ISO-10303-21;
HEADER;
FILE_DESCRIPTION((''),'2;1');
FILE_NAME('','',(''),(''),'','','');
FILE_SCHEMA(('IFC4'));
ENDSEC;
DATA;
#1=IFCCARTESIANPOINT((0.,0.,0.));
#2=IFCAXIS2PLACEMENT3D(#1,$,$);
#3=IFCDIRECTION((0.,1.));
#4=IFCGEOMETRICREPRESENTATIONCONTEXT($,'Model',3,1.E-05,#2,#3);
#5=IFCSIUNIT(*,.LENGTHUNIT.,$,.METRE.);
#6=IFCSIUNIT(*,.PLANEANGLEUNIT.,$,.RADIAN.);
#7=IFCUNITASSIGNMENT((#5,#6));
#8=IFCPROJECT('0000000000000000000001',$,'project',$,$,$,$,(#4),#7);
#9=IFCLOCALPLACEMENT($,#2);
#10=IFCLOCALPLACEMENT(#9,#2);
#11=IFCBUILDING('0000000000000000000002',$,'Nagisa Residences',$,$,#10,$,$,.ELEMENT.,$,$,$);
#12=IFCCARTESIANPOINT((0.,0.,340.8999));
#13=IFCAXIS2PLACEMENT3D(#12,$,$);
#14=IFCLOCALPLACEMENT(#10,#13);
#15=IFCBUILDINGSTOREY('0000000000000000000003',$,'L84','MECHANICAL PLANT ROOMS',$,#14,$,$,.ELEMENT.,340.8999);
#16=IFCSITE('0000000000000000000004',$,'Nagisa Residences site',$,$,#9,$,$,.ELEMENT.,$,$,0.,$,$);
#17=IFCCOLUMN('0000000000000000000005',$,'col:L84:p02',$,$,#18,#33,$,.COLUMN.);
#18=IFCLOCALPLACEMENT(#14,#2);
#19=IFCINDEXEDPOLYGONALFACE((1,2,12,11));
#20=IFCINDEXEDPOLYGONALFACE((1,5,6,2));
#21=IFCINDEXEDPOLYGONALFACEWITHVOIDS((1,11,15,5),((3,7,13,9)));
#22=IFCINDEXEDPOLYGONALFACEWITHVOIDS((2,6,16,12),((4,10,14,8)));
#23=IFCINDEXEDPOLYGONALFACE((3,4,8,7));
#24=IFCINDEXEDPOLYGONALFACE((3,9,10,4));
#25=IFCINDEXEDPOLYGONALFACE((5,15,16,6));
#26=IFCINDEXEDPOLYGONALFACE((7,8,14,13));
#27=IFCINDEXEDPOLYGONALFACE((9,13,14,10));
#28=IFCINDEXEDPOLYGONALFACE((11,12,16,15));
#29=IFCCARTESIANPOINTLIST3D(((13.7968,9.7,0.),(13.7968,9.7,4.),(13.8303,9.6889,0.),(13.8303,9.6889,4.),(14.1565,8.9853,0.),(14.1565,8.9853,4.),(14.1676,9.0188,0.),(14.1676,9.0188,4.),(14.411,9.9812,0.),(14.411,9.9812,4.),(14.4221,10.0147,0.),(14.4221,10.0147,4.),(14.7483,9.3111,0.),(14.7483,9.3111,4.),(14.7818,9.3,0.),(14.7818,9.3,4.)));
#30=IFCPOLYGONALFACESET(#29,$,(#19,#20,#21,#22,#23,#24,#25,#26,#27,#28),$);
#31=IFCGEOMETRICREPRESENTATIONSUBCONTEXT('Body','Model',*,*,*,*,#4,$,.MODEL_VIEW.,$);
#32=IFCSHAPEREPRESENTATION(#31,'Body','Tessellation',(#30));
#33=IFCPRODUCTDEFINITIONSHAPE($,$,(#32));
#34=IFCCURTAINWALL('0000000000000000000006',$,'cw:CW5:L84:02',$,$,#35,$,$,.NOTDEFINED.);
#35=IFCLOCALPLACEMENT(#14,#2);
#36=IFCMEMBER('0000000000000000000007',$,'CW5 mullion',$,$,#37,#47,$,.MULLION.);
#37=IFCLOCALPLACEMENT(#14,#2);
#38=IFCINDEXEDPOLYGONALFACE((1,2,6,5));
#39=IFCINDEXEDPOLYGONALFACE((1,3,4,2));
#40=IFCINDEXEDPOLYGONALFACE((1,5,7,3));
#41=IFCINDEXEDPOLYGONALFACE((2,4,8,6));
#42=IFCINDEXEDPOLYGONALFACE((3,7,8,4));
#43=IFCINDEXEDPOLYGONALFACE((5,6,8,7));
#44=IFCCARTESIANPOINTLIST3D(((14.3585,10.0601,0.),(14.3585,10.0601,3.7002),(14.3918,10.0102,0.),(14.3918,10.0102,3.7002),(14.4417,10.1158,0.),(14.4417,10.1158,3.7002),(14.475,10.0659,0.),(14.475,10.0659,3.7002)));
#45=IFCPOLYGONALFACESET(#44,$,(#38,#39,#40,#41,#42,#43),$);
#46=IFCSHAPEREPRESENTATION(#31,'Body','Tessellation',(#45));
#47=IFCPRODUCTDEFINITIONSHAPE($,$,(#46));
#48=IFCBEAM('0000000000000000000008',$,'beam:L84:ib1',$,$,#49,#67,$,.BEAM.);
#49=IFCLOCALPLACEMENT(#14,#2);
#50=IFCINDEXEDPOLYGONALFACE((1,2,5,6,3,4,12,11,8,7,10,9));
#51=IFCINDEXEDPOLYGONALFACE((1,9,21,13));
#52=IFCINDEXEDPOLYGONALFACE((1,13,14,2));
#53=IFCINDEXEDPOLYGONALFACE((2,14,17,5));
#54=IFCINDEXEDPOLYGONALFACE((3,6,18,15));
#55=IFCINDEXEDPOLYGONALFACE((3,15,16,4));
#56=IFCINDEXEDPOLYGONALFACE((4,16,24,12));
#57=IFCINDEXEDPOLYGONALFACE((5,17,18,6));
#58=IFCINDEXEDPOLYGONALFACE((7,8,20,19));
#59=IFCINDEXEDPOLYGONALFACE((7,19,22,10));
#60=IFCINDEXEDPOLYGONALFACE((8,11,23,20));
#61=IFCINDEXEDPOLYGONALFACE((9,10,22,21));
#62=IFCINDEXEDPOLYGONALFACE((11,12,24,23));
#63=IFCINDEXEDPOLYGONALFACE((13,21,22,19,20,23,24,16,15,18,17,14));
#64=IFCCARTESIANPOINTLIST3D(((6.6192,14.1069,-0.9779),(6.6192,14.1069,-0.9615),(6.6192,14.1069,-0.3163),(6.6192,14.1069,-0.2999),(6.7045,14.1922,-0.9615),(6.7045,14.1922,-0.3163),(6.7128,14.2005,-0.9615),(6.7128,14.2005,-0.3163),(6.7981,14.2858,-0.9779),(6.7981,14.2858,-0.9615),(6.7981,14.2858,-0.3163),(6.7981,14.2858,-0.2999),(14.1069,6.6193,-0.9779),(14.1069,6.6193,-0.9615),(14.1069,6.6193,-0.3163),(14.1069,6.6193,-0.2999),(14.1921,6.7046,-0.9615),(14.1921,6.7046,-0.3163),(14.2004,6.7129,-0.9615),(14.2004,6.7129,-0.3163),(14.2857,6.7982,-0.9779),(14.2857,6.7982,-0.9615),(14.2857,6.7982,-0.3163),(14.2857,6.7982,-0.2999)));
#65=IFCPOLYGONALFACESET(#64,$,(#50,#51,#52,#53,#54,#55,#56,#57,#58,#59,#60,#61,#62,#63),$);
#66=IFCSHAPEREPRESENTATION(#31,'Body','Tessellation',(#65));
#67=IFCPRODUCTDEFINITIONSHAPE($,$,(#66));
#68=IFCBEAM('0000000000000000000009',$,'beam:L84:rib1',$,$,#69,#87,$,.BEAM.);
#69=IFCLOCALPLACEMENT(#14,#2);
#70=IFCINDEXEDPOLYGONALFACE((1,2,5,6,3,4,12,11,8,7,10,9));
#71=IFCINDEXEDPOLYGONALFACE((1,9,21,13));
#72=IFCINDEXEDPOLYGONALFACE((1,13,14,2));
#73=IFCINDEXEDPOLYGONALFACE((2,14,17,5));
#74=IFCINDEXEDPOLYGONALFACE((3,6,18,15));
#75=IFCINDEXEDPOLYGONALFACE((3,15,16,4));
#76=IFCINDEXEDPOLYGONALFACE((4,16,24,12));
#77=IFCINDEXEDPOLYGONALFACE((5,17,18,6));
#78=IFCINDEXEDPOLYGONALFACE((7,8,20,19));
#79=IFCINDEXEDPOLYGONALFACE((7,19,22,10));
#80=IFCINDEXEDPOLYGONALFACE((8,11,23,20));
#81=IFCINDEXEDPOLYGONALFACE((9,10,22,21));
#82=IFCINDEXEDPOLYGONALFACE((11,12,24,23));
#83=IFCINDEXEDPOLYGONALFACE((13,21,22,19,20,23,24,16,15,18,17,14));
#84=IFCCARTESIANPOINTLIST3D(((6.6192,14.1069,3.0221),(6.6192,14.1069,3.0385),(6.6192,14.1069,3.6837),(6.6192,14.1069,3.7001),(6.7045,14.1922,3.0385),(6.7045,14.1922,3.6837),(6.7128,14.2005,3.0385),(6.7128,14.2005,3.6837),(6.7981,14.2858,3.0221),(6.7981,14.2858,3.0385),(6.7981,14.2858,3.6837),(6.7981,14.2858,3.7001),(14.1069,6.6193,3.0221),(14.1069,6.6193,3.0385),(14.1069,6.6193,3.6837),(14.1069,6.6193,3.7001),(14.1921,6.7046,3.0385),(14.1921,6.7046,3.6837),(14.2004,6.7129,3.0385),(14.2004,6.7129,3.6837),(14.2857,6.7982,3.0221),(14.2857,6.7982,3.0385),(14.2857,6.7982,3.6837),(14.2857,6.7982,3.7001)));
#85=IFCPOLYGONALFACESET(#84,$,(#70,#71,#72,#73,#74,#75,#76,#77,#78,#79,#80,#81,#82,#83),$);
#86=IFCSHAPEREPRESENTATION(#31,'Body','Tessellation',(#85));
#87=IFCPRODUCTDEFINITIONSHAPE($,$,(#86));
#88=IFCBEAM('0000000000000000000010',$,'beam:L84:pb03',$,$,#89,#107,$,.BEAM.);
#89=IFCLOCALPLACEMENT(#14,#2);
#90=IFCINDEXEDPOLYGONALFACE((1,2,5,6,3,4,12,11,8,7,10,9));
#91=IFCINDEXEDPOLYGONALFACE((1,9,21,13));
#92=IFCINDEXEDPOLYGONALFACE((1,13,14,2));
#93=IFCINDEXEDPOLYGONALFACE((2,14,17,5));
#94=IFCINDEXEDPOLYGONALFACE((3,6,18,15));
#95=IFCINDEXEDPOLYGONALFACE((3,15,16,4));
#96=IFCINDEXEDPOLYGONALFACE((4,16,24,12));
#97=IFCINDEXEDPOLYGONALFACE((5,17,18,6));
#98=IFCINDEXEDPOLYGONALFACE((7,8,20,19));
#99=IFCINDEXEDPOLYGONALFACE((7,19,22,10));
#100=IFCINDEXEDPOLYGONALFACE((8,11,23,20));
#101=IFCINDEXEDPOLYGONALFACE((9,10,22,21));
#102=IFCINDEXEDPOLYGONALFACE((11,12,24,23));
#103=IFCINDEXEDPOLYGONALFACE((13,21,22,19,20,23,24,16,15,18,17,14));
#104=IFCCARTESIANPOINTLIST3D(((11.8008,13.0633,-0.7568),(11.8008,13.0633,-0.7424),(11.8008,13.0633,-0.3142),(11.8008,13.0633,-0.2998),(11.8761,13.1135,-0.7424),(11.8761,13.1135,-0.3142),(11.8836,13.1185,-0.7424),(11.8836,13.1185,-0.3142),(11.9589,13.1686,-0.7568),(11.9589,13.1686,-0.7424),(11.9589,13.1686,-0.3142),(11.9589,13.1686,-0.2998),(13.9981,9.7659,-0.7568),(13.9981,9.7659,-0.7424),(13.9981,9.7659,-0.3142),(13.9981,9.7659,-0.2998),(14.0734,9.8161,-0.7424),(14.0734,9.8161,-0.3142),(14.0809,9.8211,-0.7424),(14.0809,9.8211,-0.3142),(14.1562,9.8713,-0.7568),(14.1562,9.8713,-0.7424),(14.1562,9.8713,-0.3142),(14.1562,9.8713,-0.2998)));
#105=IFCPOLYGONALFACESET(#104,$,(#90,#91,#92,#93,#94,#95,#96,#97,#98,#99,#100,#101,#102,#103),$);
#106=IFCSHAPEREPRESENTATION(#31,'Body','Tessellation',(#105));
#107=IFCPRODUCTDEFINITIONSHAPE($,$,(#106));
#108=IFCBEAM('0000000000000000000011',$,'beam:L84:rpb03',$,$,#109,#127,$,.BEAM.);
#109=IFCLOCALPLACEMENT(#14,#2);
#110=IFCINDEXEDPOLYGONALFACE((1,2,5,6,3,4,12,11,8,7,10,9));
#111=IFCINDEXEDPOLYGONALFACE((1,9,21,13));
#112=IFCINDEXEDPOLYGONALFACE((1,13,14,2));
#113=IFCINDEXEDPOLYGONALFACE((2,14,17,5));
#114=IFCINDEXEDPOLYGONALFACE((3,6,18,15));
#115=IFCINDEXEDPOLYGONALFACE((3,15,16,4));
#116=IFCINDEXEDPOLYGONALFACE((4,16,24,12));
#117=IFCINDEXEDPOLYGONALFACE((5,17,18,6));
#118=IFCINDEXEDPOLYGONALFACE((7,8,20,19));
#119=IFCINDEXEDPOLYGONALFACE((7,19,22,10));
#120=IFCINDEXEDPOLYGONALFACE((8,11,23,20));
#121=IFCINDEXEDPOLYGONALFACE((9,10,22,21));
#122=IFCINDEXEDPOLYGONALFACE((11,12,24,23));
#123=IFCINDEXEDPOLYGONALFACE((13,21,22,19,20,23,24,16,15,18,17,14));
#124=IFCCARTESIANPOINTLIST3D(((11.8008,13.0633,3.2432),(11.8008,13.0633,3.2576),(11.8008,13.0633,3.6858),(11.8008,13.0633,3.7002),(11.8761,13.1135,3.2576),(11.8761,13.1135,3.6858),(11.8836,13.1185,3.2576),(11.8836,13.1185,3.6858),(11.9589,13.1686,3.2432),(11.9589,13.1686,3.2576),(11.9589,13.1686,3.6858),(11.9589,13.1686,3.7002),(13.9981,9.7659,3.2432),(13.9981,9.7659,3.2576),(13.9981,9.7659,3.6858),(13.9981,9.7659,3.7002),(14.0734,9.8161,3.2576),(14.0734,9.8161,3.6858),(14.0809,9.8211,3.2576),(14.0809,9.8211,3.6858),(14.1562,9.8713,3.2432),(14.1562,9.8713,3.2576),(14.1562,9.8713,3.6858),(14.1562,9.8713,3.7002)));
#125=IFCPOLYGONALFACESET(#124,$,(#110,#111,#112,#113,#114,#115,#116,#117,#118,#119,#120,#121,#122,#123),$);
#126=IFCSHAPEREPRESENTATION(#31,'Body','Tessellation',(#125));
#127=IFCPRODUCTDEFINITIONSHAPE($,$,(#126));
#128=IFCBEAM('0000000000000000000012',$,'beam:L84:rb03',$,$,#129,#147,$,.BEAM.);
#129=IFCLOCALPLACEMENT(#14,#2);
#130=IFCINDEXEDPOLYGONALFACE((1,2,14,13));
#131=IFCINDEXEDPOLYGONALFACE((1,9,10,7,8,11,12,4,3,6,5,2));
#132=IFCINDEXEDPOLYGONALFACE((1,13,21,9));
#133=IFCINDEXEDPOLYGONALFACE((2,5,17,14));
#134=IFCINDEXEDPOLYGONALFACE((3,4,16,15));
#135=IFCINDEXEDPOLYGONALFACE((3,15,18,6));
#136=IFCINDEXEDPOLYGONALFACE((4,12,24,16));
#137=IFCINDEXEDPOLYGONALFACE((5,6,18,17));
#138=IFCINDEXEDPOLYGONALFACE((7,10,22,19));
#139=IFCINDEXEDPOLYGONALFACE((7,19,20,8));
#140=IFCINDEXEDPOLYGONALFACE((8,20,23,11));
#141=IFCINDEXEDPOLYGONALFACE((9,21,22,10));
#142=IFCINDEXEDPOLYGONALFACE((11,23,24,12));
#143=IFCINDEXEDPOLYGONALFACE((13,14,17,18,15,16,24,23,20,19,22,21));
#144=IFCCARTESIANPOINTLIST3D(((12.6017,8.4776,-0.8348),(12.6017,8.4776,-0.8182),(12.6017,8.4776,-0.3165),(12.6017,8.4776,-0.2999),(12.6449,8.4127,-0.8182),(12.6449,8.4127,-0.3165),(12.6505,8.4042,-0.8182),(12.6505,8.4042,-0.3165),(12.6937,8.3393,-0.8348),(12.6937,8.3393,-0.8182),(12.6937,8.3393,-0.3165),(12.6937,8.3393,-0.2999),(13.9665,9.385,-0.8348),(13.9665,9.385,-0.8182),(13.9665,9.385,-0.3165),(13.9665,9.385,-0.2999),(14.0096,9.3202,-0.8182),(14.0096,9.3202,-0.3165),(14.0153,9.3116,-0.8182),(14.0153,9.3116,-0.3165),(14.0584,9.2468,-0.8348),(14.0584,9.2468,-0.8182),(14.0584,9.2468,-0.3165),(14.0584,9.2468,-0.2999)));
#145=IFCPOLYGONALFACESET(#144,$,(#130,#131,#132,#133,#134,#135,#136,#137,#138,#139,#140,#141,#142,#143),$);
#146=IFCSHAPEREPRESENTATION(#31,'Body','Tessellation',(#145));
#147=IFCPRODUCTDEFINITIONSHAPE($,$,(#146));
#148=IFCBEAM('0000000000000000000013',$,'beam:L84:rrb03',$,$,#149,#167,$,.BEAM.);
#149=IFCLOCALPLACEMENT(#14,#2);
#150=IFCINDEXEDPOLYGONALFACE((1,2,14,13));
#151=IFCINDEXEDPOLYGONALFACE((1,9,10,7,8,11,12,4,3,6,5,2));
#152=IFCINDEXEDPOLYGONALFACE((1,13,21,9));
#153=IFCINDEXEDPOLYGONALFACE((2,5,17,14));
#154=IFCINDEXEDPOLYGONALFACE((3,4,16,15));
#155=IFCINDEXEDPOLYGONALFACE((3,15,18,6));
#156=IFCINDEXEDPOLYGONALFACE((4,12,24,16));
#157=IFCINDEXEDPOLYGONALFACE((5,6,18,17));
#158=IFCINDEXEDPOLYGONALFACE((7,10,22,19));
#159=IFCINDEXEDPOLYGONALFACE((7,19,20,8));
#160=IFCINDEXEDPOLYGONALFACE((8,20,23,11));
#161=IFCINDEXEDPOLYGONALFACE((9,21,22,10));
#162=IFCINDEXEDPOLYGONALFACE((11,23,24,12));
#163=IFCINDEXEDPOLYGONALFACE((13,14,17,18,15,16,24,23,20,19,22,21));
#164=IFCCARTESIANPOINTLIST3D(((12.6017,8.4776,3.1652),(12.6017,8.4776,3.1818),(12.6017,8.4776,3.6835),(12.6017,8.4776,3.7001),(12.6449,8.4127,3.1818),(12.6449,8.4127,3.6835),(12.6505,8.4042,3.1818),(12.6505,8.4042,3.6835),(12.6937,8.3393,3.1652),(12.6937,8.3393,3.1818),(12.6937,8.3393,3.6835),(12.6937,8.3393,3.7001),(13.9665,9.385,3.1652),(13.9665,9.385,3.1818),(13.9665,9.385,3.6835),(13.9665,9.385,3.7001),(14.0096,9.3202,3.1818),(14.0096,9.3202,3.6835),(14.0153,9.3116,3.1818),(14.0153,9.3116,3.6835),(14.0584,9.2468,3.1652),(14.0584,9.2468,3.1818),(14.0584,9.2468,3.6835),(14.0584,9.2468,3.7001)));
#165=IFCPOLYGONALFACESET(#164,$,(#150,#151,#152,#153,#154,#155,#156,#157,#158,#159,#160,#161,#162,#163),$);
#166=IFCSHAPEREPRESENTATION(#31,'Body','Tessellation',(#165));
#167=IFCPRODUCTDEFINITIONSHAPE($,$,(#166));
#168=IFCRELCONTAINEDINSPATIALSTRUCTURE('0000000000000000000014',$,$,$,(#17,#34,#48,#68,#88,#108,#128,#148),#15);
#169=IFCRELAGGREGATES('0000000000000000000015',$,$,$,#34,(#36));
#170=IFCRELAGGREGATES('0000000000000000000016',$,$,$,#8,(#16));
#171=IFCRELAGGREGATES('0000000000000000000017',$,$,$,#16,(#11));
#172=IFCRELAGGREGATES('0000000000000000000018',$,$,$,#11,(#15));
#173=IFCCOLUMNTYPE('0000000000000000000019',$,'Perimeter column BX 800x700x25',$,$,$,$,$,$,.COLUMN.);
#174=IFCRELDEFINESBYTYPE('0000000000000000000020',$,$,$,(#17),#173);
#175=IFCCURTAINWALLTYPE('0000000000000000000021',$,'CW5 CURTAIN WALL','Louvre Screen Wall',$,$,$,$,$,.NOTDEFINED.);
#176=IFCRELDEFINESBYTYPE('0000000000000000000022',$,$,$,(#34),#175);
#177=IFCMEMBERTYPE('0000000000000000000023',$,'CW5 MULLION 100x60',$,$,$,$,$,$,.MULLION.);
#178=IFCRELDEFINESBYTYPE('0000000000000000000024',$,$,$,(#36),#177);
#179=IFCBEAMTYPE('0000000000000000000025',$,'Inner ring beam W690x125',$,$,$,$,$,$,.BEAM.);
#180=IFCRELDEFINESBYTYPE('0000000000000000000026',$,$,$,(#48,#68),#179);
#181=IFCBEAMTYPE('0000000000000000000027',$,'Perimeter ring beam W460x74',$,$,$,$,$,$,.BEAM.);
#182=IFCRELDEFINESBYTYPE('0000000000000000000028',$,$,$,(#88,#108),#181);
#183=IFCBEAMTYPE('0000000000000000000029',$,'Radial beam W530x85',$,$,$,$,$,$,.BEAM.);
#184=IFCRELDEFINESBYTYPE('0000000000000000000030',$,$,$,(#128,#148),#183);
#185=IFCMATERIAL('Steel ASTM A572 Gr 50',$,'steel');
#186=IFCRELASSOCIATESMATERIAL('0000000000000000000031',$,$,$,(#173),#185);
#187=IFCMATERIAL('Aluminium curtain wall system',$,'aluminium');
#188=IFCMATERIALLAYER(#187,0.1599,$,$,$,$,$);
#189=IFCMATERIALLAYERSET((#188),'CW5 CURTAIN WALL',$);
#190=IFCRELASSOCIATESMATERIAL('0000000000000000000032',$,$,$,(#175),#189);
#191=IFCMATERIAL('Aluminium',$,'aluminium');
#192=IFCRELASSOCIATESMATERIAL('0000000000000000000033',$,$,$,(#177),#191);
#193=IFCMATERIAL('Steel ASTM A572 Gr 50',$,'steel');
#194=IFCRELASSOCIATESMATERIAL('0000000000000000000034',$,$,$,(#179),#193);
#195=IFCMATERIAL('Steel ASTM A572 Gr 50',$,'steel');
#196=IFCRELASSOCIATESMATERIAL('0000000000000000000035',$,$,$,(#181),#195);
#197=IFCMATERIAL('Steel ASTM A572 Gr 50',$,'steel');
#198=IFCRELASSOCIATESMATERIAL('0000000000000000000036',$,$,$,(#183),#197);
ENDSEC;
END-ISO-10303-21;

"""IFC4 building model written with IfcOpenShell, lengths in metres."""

from ifc_helpers import new_model, si_unit, direction, frame, origin, origin_2d, place, context, subcontext, project, spatial, rectangle, hollow_rectangle, i_section, extrude, material, layer, layer_set, material_profile, profile_set, type_object, element, aggregate, save


model = new_model("IFC4")

# Units and contexts
model_context = context("Model", 3, precision=1e-05, world=origin(), true_north=direction((0.0, 1.0)))
body_context = subcontext(model_context, "Body", "Model", "MODEL_VIEW")
ifc_project = project(units=[si_unit("LENGTHUNIT", "METRE"), si_unit("PLANEANGLEUNIT", "RADIAN")], contexts=[model_context])

# Site, building, storey
site_placement = place(None, origin())
site = spatial("IfcSite", under=ifc_project, at=site_placement, Name="Nagisa Residences site", CompositionType="ELEMENT", RefElevation=0.0)
building_placement = place(site_placement, origin())
building = spatial("IfcBuilding", under=site, at=building_placement, Name="Nagisa Residences", CompositionType="ELEMENT")
storey_placement = place(building_placement, frame((0.0, 0.0, 340.8999)))
storey = spatial("IfcBuildingStorey", under=building, at=storey_placement, Name="L84", Description="MECHANICAL PLANT ROOMS", CompositionType="ELEMENT", Elevation=340.8999)

# Column
ifc_material_1 = material(Name="Steel ASTM A572 Gr 50", Category="steel")
ifc_material_profile_1 = material_profile(ifc_material_1, hollow_rectangle(XDim=0.8, YDim=0.7, WallThickness=0.0249, at=origin_2d()), Name="BX 800x700x25")
ifc_profile_set_1 = profile_set([ifc_material_profile_1], Name="Steel ASTM A572 Gr 50")
column_type = type_object("IfcColumnType", Name="Perimeter column BX 800x700x25", PredefinedType="COLUMN", material=ifc_profile_set_1)
column_placement = place(storey_placement, frame((14.2893, 9.5, 0.0), z_axis=(0.0, 0.0, 1.0), x_axis=(-0.449592, 0.893234, 0.0)))
element("IfcColumn", 1, at=column_placement, inside=storey, type_object=column_type, Name="col:L84:p02", PredefinedType="COLUMN", context=body_context, shape_type="SweptSolid", body=[
    extrude(hollow_rectangle(XDim=0.8, YDim=0.7, WallThickness=0.0249, at=origin_2d()), origin(), (0.0, 0.0, 1.0), 4.0),
])

# Curtain wall, member
ifc_material_2 = material(Name="Aluminium curtain wall system", Category="aluminium")
ifc_layer_1 = layer(ifc_material_2, 0.1599)
ifc_layer_set_1 = layer_set([ifc_layer_1], Name="CW5 CURTAIN WALL")
curtain_wall_type = type_object("IfcCurtainWallType", Name="CW5 CURTAIN WALL", Description="Louvre Screen Wall", PredefinedType="NOTDEFINED", material=ifc_layer_set_1)
curtain_wall_placement = place(storey_placement, origin())
curtain_wall = element("IfcCurtainWall", 2, at=curtain_wall_placement, inside=storey, type_object=curtain_wall_type, Name="cw:CW5:L84:02", PredefinedType="NOTDEFINED")
ifc_material_3 = material(Name="Aluminium", Category="aluminium")
ifc_material_profile_2 = material_profile(ifc_material_3, rectangle(XDim=0.1001, YDim=0.0601, at=origin_2d()), Name="CW5 MULLION 100x60")
ifc_profile_set_2 = profile_set([ifc_material_profile_2], Name="Aluminium")
member_type = type_object("IfcMemberType", Name="CW5 MULLION 100x60", PredefinedType="MULLION", material=ifc_profile_set_2)
member_placement = place(storey_placement, frame((14.4167, 10.063, 0.0), z_axis=(0.0, 0.0, 1.0), x_axis=(-0.831173, -0.556014, 0.0)))
member = element("IfcMember", 3, at=member_placement, type_object=member_type, Name="CW5 mullion", PredefinedType="MULLION", context=body_context, shape_type="SweptSolid", body=[
    extrude(rectangle(XDim=0.1001, YDim=0.0601, at=origin_2d()), origin(), (0.0, 0.0, 1.0), 3.7002),
])
aggregate(curtain_wall, [member])

# Beams
ifc_material_4 = material(Name="Steel ASTM A572 Gr 50", Category="steel")
ifc_material_profile_3 = material_profile(ifc_material_4, i_section(OverallWidth=0.2529, OverallDepth=0.678, WebThickness=0.0117, FlangeThickness=0.0164, at=origin_2d()), Name="W690x125")
ifc_profile_set_3 = profile_set([ifc_material_profile_3], Name="Steel ASTM A572 Gr 50")
beam_type_1 = type_object("IfcBeamType", Name="Inner ring beam W690x125", PredefinedType="BEAM", material=ifc_profile_set_3)
for number, where, z_axis, x_axis, name in (
    (4, (14.1963, 6.7087, -0.6389), (-0.707107, 0.707107, 0.0), (-0.707107, -0.707107, 0.0), "beam:L84:ib1"),
    (5, (14.1963, 6.7087, 3.3611), (-0.707107, 0.707107, 0.0), (-0.707107, -0.707107, 0.0), "beam:L84:rib1"),
):
    element("IfcBeam", number, at=place(storey_placement, frame(where, z_axis=z_axis, x_axis=x_axis)), inside=storey, type_object=beam_type_1, Name=name, PredefinedType="BEAM", context=body_context, shape_type="SweptSolid", body=[
        extrude(i_section(OverallWidth=0.2529, OverallDepth=0.678, WebThickness=0.0117, FlangeThickness=0.0164, at=origin_2d()), origin(), (0.0, 0.0, 1.0), 10.5891),
    ])
ifc_material_5 = material(Name="Steel ASTM A572 Gr 50", Category="steel")
ifc_material_profile_4 = material_profile(ifc_material_5, i_section(OverallWidth=0.1899, OverallDepth=0.457, WebThickness=0.009, FlangeThickness=0.0144, at=origin_2d()), Name="W460x74")
ifc_profile_set_4 = profile_set([ifc_material_profile_4], Name="Steel ASTM A572 Gr 50")
beam_type_2 = type_object("IfcBeamType", Name="Perimeter ring beam W460x74", PredefinedType="BEAM", material=ifc_profile_set_4)
for number, where, z_axis, x_axis, name in (
    (6, (14.0771, 9.8186, -0.5283), (-0.55453, 0.832164, 0.0), (-0.832164, -0.55453, 0.0), "beam:L84:pb03"),
    (7, (14.0771, 9.8186, 3.4717), (-0.55453, 0.832164, 0.0), (-0.832164, -0.55453, 0.0), "beam:L84:rpb03"),
):
    element("IfcBeam", number, at=place(storey_placement, frame(where, z_axis=z_axis, x_axis=x_axis)), inside=storey, type_object=beam_type_2, Name=name, PredefinedType="BEAM", context=body_context, shape_type="SweptSolid", body=[
        extrude(i_section(OverallWidth=0.1899, OverallDepth=0.457, WebThickness=0.009, FlangeThickness=0.0144, at=origin_2d()), origin(), (0.0, 0.0, 1.0), 3.9624),
    ])
ifc_material_6 = material(Name="Steel ASTM A572 Gr 50", Category="steel")
ifc_material_profile_5 = material_profile(ifc_material_6, i_section(OverallWidth=0.166, OverallDepth=0.5349, WebThickness=0.0103, FlangeThickness=0.0166, at=origin_2d()), Name="W530x85")
ifc_profile_set_5 = profile_set([ifc_material_profile_5], Name="Steel ASTM A572 Gr 50")
beam_type_3 = type_object("IfcBeamType", Name="Radial beam W530x85", PredefinedType="BEAM", material=ifc_profile_set_5)
for number, where, z_axis, x_axis, name in (
    (8, (14.0125, 9.3159, -0.5674), (-0.832714, -0.553703, 0.0), (0.553703, -0.832714, 0.0), "beam:L84:rb03"),
    (9, (14.0125, 9.3159, 3.4326), (-0.832714, -0.553703, 0.0), (0.553703, -0.832714, 0.0), "beam:L84:rrb03"),
):
    element("IfcBeam", number, at=place(storey_placement, frame(where, z_axis=z_axis, x_axis=x_axis)), inside=storey, type_object=beam_type_3, Name=name, PredefinedType="BEAM", context=body_context, shape_type="SweptSolid", body=[
        extrude(i_section(OverallWidth=0.166, OverallDepth=0.5349, WebThickness=0.0103, FlangeThickness=0.0166, at=origin_2d()), origin(), (0.0, 0.0, 1.0), 1.6389),
    ])

save(model, "model.ifc")
